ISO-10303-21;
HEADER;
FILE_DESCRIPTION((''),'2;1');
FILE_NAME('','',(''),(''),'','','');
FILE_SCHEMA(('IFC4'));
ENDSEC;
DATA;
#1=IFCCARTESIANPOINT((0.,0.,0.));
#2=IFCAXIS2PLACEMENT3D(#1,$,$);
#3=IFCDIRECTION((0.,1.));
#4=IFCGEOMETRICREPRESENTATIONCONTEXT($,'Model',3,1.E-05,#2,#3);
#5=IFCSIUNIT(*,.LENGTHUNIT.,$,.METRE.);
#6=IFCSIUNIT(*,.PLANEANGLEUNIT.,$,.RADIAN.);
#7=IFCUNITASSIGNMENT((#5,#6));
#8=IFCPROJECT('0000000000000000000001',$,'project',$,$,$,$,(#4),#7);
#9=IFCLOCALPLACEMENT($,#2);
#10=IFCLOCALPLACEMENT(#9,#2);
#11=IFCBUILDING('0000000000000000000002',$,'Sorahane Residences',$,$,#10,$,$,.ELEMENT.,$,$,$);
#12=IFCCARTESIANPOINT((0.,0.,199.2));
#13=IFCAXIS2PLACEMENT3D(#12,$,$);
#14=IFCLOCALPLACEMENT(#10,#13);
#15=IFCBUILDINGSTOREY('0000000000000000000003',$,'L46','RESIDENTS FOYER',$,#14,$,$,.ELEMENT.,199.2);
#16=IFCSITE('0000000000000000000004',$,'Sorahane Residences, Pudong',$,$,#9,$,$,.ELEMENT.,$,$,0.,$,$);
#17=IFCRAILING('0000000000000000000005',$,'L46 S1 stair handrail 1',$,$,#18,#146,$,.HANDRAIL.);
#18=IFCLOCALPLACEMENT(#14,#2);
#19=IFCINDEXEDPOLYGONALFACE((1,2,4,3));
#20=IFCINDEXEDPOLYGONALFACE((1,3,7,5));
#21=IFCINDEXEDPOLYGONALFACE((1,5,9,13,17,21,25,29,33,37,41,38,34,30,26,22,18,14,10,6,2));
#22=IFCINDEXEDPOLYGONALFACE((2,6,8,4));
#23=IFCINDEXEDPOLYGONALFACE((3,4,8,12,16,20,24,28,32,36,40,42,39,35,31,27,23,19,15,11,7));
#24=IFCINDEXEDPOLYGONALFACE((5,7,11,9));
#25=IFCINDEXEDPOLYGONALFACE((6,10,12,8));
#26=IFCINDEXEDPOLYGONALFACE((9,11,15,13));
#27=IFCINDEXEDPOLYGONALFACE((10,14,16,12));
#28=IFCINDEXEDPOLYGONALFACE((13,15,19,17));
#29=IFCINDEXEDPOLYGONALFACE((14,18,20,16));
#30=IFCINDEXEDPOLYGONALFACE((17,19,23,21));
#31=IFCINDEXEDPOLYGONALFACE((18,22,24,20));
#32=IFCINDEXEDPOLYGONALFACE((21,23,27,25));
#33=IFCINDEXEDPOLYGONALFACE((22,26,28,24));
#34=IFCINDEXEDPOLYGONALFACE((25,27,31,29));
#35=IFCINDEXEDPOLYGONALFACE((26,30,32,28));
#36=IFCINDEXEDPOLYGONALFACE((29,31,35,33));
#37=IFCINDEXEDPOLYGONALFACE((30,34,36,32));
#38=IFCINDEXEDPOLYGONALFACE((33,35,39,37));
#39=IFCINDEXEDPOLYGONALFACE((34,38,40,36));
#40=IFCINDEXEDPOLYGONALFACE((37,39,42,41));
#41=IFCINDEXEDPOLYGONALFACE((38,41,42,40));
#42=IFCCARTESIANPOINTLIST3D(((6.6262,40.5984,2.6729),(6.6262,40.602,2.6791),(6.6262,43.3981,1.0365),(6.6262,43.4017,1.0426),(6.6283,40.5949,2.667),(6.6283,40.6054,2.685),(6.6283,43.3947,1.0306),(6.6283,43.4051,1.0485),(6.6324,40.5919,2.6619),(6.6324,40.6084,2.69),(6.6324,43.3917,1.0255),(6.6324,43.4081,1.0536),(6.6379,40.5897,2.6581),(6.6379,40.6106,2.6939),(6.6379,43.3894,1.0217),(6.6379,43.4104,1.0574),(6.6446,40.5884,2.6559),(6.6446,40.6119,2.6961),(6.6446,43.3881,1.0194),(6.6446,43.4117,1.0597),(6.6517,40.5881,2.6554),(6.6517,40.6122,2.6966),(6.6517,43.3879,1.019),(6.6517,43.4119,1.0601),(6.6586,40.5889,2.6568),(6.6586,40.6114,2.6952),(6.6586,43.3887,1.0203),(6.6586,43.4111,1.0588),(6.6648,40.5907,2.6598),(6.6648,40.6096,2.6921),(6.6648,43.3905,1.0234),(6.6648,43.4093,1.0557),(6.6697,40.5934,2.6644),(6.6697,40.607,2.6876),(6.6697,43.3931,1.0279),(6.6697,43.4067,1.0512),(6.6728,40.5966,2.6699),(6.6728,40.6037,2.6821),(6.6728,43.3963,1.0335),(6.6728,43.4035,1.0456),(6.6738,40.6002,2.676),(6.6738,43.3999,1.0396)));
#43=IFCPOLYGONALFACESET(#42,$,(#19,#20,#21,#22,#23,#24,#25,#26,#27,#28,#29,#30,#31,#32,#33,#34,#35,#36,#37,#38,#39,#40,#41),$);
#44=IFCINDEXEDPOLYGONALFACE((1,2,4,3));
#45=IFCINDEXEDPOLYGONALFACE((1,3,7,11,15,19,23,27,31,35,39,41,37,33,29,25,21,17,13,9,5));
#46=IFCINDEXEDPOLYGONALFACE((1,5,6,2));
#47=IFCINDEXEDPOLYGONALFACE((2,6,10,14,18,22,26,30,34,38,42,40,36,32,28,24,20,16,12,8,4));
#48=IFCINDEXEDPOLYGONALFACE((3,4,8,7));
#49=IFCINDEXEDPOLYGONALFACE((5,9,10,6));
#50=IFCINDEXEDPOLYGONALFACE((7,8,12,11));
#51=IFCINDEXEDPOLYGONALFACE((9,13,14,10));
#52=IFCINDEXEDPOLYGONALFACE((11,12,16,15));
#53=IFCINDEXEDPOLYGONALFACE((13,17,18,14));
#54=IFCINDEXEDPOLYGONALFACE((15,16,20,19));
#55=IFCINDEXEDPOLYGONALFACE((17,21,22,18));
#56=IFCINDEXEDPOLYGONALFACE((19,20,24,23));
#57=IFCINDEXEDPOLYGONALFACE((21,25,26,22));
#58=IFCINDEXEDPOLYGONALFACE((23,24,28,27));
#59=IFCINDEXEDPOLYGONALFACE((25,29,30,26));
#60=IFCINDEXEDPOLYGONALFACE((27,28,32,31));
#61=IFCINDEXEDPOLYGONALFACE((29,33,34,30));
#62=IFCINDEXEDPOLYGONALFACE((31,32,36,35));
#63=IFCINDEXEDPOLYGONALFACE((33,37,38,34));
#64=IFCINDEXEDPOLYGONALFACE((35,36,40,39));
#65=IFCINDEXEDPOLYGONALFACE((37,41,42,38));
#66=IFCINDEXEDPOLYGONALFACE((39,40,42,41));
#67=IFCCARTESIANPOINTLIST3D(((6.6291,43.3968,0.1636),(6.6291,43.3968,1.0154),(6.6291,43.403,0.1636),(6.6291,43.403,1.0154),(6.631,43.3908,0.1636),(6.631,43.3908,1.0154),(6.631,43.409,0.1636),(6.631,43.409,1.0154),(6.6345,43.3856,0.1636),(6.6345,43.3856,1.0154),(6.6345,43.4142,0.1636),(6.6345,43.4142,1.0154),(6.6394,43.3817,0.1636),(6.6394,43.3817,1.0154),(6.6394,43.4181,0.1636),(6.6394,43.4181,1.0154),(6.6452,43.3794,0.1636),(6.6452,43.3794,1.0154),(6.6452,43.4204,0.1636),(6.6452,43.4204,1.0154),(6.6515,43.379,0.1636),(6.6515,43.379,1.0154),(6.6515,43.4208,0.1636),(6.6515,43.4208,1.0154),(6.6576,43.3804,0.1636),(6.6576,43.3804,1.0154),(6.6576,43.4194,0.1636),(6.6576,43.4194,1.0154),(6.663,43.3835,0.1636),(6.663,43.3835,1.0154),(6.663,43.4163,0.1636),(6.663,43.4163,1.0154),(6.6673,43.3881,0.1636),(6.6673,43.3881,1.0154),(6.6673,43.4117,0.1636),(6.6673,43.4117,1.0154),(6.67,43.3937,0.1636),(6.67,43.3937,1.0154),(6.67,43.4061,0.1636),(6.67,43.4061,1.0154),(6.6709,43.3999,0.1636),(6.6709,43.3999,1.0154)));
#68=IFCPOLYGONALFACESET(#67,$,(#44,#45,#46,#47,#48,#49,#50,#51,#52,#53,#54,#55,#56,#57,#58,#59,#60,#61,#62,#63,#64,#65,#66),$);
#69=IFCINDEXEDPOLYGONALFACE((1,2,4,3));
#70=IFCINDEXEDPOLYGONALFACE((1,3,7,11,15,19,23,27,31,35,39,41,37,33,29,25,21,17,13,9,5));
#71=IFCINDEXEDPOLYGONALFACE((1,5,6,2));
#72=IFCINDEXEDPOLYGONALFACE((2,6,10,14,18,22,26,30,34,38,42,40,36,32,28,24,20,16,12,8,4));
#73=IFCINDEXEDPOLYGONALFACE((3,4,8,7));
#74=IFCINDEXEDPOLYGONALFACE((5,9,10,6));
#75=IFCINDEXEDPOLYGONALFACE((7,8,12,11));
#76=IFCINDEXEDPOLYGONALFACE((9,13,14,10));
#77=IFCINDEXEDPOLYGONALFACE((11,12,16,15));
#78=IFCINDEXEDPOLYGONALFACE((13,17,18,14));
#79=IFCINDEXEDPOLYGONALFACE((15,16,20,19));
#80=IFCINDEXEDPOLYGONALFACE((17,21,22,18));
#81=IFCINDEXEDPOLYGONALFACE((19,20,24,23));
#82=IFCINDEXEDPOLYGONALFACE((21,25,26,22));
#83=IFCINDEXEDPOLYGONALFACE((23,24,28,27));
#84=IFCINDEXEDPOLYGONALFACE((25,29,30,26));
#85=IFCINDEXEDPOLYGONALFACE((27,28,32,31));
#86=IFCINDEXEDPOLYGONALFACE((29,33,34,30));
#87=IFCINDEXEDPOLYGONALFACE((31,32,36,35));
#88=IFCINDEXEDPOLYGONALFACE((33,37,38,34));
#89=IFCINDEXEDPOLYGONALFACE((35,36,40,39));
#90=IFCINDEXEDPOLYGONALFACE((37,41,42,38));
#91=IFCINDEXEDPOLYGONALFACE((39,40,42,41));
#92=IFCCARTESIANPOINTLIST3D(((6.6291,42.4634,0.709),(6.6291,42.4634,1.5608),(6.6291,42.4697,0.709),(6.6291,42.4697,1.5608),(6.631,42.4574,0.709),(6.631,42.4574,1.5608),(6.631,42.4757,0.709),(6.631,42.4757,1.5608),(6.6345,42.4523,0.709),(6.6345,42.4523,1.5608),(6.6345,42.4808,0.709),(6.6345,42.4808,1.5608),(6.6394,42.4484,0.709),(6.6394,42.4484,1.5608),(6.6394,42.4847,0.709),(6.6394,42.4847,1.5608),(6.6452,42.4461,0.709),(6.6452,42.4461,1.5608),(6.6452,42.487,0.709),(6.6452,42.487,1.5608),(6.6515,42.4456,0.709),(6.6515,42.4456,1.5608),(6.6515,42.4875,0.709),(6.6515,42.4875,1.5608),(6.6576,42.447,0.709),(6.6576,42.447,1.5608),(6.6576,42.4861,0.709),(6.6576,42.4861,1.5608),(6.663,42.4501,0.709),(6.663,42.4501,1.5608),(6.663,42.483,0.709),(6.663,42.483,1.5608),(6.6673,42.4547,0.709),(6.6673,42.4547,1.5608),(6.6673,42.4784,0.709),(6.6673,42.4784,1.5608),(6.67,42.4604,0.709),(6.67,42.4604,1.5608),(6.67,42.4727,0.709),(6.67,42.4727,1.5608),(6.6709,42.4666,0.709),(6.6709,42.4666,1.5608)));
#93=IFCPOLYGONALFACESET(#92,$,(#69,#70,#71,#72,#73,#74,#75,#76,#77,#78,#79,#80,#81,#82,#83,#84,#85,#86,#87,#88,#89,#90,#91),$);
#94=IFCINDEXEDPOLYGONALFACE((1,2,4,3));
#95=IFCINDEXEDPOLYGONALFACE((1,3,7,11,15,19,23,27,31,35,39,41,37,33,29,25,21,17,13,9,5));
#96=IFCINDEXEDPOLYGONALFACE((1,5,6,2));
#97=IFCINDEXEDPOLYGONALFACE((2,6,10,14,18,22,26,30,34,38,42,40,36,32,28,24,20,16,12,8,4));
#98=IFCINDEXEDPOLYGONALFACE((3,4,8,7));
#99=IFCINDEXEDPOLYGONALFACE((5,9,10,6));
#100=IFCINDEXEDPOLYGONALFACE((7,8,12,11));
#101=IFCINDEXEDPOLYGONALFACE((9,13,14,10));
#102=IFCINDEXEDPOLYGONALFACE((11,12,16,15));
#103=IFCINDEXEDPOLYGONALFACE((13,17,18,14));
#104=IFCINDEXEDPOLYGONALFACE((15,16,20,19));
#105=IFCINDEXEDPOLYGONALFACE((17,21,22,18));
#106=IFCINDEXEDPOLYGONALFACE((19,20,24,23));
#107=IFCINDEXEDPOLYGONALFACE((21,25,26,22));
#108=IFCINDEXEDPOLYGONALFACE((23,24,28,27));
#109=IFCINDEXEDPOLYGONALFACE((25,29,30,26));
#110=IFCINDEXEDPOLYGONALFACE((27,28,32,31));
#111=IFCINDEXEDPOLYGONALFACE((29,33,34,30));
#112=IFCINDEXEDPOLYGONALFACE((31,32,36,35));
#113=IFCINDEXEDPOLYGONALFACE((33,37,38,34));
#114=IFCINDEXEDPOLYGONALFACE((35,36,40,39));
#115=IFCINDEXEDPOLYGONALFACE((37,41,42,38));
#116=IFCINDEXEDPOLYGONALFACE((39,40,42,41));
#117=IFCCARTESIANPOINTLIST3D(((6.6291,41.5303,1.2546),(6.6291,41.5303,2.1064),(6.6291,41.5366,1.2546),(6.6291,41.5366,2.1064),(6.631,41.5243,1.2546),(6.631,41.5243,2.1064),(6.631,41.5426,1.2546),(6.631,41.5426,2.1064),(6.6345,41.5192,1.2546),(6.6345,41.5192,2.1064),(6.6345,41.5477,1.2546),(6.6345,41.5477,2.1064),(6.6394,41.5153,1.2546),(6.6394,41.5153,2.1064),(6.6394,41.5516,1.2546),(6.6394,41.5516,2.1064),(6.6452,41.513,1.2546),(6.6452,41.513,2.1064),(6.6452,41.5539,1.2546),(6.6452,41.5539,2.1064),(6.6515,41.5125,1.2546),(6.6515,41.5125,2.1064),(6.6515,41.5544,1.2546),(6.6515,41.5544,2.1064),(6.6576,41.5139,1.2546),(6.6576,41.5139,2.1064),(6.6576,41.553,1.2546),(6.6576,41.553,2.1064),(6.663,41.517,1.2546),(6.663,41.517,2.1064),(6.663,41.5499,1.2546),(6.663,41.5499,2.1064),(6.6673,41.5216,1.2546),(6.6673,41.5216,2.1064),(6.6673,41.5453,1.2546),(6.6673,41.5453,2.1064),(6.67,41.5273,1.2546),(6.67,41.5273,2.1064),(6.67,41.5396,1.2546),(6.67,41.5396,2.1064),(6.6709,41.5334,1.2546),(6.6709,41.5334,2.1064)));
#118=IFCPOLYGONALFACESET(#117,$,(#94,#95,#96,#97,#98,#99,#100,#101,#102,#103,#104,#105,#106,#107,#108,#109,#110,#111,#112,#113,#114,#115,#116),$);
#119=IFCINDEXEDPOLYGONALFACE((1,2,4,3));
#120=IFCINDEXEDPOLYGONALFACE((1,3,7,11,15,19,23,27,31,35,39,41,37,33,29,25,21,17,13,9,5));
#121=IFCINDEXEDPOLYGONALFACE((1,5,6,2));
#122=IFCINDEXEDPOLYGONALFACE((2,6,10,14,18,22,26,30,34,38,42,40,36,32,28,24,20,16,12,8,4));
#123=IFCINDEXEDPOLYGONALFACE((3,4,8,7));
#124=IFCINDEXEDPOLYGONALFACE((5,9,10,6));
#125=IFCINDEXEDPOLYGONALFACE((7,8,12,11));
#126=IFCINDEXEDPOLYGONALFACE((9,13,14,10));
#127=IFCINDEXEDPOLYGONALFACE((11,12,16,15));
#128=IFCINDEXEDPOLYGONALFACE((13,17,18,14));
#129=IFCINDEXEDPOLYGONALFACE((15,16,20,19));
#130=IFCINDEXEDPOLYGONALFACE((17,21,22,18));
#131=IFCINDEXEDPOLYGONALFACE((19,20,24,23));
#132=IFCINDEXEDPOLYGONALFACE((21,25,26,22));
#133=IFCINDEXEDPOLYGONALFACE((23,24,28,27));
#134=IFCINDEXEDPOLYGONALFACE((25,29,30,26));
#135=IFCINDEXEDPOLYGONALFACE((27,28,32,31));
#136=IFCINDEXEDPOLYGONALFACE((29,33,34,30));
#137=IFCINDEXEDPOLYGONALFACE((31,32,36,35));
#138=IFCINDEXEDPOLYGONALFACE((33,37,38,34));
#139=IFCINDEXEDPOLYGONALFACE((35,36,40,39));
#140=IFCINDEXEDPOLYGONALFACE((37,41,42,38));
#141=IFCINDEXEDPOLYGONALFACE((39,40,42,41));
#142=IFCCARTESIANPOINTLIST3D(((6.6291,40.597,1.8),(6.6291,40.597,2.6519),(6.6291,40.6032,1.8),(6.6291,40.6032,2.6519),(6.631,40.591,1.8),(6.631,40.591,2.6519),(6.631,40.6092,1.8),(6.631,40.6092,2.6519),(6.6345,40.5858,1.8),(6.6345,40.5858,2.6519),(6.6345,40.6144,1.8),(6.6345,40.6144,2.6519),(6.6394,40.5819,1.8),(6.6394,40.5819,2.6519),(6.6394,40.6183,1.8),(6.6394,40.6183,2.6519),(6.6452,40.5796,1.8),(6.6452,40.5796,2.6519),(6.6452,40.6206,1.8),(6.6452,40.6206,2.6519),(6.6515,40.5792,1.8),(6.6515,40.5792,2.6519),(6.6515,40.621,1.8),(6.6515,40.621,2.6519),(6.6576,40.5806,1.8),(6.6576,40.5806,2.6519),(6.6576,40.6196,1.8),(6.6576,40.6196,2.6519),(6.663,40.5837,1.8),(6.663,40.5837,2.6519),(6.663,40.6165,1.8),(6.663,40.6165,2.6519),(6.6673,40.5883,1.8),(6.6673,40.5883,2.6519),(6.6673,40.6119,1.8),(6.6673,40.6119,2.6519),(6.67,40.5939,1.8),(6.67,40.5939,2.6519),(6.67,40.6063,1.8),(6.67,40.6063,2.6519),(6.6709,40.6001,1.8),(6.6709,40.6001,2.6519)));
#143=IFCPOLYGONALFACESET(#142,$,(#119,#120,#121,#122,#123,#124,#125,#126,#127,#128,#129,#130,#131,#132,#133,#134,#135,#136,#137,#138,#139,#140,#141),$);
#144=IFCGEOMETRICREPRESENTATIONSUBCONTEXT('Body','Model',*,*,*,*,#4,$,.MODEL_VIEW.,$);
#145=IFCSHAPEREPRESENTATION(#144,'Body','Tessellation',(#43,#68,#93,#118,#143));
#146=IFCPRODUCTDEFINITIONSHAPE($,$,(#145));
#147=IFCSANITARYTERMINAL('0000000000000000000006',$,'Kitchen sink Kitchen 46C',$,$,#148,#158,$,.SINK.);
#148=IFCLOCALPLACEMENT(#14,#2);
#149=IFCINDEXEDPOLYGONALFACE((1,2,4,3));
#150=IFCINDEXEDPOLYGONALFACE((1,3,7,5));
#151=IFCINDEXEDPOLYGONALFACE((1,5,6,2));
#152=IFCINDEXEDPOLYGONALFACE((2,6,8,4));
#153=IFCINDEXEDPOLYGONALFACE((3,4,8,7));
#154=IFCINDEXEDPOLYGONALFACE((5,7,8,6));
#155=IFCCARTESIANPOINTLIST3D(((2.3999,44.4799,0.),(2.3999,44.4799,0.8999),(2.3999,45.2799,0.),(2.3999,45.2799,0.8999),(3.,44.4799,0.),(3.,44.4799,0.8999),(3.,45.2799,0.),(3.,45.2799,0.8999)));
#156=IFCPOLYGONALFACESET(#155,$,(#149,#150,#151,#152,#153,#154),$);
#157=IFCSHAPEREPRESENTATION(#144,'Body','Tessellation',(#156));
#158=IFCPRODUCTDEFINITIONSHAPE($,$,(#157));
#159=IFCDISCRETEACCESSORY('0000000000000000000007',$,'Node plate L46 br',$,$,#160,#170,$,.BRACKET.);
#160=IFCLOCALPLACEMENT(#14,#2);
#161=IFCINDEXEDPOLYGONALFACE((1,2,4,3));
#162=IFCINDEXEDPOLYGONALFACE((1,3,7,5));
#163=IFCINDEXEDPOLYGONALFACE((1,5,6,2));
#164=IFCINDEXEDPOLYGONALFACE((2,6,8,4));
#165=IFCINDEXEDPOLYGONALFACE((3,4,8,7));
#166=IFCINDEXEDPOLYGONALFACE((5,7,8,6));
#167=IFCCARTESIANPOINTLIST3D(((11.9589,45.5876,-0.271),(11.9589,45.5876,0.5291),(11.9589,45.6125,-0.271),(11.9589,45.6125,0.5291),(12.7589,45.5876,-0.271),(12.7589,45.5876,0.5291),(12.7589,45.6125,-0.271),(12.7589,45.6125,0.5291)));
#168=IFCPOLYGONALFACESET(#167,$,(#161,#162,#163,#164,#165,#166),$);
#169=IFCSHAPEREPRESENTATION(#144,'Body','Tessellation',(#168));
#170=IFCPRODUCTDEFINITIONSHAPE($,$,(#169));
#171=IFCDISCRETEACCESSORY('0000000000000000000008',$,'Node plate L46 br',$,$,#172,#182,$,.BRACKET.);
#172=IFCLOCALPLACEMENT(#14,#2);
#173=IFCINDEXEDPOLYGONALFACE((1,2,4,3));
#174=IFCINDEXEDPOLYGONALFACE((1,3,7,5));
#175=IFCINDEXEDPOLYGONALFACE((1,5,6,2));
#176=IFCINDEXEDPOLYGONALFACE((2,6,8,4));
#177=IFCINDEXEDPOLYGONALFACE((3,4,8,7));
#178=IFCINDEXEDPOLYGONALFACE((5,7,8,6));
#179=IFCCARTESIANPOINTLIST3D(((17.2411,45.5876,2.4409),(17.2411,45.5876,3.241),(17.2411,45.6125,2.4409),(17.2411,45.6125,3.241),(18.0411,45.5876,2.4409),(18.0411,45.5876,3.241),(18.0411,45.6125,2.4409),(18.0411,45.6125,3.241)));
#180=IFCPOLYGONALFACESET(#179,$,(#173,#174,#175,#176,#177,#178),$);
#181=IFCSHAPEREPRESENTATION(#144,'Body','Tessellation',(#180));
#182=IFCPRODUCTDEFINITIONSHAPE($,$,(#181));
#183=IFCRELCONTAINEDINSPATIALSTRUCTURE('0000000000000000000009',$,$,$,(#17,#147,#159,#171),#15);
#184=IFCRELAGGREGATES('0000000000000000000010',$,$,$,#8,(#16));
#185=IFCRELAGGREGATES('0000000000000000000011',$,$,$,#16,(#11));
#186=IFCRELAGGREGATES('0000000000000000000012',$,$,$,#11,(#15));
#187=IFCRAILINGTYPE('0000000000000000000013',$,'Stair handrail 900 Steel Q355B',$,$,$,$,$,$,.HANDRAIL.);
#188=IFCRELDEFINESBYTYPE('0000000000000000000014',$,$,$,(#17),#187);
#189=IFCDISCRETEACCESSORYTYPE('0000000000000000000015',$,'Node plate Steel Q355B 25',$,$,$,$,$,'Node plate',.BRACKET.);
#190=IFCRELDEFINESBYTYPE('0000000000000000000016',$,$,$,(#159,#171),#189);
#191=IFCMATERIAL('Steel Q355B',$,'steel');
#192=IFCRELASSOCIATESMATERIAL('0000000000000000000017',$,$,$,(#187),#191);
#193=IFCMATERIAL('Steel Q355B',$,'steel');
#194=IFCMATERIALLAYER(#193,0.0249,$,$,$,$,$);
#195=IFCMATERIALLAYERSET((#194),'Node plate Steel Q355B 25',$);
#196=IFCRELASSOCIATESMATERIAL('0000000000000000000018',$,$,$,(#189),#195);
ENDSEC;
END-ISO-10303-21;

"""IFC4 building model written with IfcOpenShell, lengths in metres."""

from ifc_helpers import new_model, si_unit, direction, frame, origin, origin_2d, place, context, subcontext, project, spatial, rectangle, circle, extrude, material, layer, layer_set, type_object, element, save


model = new_model("IFC4")

# Units and contexts
model_context = context("Model", 3, precision=1e-05, world=origin(), true_north=direction((0.0, 1.0)))
body_context = subcontext(model_context, "Body", "Model", "MODEL_VIEW")
ifc_project = project(units=[si_unit("LENGTHUNIT", "METRE"), si_unit("PLANEANGLEUNIT", "RADIAN")], contexts=[model_context])

# Site, building, storey
site_placement = place(None, origin())
site = spatial("IfcSite", under=ifc_project, at=site_placement, Name="Sorahane Residences, Pudong", CompositionType="ELEMENT", RefElevation=0.0)
building_placement = place(site_placement, origin())
building = spatial("IfcBuilding", under=site, at=building_placement, Name="Sorahane Residences", CompositionType="ELEMENT")
storey_placement = place(building_placement, frame((0.0, 0.0, 199.2)))
storey = spatial("IfcBuildingStorey", under=building, at=storey_placement, Name="L46", Description="RESIDENTS FOYER", CompositionType="ELEMENT", Elevation=199.2)

# Railing
ifc_material_1 = material(Name="Steel Q355B", Category="steel")
railing_type_1 = type_object("IfcRailingType", Name="Stair handrail 900 Steel Q355B", PredefinedType="HANDRAIL", material=ifc_material_1)
railing_1_placement = place(storey_placement, frame((6.6499, 43.3999, 0.1636)))
element("IfcRailing", 1, at=railing_1_placement, inside=storey, type_object=railing_type_1, Name="L46 S1 stair handrail 1", PredefinedType="HANDRAIL", context=body_context, shape_type="SweptSolid", body=[
    extrude(circle(Radius=0.0239, at=origin_2d()), frame((0.0, 0.0, 0.876), z_axis=(0.0, -0.863342, 0.50462), x_axis=(1.0, 0.0, 0.0)), (0.0, 0.0, 1.0), 3.2429),
    extrude(circle(Radius=0.021, at=origin_2d()), origin(), (0.0, 0.0, 1.0), 0.8518),
    extrude(circle(Radius=0.021, at=origin_2d()), frame((0.0, -0.9333, 0.5454)), (0.0, 0.0, 1.0), 0.8518),
    extrude(circle(Radius=0.021, at=origin_2d()), frame((0.0, -1.8665, 1.0911)), (0.0, 0.0, 1.0), 0.8518),
    extrude(circle(Radius=0.021, at=origin_2d()), frame((0.0, -2.7998, 1.6365)), (0.0, 0.0, 1.0), 0.8518),
])

# Sanitary terminal
sanitary_terminal_placement = place(storey_placement, frame((2.7, 44.8799, 0.0), z_axis=(0.0, 0.0, 1.0), x_axis=(0.0, -1.0, 0.0)))
element("IfcSanitaryTerminal", 2, at=sanitary_terminal_placement, inside=storey, Name="Kitchen sink Kitchen 46C", PredefinedType="SINK", context=body_context, shape_type="SweptSolid", body=[
    extrude(rectangle(XDim=0.8, YDim=0.6001, at=origin_2d()), origin(), (0.0, 0.0, 1.0), 0.8999),
])

# Discrete accessories
ifc_material_2 = material(Name="Steel Q355B", Category="steel")
ifc_layer_1 = layer(ifc_material_2, 0.0249)
ifc_layer_set_1 = layer_set([ifc_layer_1], Name="Node plate Steel Q355B 25")
discrete_accessory_type = type_object("IfcDiscreteAccessoryType", Name="Node plate Steel Q355B 25", ElementType="Node plate", PredefinedType="BRACKET", material=ifc_layer_set_1)
for number, where, z_axis, x_axis, name in (
    (3, (12.3589, 45.6001, -0.271), (0.0, 0.0, 1.0), (1.0, 0.0, 0.0), "Node plate L46 br"),
    (4, (17.6411, 45.6001, 2.4409), (0.0, 0.0, 1.0), (1.0, 0.0, 0.0), "Node plate L46 br"),
):
    element("IfcDiscreteAccessory", number, at=place(storey_placement, frame(where, z_axis=z_axis, x_axis=x_axis)), inside=storey, type_object=discrete_accessory_type, Name=name, PredefinedType="BRACKET", context=body_context, shape_type="SweptSolid", body=[
        extrude(rectangle(XDim=0.8, YDim=0.0249, at=origin_2d()), origin(), (0.0, 0.0, 1.0), 0.8),
    ])

save(model, "model.ifc")
